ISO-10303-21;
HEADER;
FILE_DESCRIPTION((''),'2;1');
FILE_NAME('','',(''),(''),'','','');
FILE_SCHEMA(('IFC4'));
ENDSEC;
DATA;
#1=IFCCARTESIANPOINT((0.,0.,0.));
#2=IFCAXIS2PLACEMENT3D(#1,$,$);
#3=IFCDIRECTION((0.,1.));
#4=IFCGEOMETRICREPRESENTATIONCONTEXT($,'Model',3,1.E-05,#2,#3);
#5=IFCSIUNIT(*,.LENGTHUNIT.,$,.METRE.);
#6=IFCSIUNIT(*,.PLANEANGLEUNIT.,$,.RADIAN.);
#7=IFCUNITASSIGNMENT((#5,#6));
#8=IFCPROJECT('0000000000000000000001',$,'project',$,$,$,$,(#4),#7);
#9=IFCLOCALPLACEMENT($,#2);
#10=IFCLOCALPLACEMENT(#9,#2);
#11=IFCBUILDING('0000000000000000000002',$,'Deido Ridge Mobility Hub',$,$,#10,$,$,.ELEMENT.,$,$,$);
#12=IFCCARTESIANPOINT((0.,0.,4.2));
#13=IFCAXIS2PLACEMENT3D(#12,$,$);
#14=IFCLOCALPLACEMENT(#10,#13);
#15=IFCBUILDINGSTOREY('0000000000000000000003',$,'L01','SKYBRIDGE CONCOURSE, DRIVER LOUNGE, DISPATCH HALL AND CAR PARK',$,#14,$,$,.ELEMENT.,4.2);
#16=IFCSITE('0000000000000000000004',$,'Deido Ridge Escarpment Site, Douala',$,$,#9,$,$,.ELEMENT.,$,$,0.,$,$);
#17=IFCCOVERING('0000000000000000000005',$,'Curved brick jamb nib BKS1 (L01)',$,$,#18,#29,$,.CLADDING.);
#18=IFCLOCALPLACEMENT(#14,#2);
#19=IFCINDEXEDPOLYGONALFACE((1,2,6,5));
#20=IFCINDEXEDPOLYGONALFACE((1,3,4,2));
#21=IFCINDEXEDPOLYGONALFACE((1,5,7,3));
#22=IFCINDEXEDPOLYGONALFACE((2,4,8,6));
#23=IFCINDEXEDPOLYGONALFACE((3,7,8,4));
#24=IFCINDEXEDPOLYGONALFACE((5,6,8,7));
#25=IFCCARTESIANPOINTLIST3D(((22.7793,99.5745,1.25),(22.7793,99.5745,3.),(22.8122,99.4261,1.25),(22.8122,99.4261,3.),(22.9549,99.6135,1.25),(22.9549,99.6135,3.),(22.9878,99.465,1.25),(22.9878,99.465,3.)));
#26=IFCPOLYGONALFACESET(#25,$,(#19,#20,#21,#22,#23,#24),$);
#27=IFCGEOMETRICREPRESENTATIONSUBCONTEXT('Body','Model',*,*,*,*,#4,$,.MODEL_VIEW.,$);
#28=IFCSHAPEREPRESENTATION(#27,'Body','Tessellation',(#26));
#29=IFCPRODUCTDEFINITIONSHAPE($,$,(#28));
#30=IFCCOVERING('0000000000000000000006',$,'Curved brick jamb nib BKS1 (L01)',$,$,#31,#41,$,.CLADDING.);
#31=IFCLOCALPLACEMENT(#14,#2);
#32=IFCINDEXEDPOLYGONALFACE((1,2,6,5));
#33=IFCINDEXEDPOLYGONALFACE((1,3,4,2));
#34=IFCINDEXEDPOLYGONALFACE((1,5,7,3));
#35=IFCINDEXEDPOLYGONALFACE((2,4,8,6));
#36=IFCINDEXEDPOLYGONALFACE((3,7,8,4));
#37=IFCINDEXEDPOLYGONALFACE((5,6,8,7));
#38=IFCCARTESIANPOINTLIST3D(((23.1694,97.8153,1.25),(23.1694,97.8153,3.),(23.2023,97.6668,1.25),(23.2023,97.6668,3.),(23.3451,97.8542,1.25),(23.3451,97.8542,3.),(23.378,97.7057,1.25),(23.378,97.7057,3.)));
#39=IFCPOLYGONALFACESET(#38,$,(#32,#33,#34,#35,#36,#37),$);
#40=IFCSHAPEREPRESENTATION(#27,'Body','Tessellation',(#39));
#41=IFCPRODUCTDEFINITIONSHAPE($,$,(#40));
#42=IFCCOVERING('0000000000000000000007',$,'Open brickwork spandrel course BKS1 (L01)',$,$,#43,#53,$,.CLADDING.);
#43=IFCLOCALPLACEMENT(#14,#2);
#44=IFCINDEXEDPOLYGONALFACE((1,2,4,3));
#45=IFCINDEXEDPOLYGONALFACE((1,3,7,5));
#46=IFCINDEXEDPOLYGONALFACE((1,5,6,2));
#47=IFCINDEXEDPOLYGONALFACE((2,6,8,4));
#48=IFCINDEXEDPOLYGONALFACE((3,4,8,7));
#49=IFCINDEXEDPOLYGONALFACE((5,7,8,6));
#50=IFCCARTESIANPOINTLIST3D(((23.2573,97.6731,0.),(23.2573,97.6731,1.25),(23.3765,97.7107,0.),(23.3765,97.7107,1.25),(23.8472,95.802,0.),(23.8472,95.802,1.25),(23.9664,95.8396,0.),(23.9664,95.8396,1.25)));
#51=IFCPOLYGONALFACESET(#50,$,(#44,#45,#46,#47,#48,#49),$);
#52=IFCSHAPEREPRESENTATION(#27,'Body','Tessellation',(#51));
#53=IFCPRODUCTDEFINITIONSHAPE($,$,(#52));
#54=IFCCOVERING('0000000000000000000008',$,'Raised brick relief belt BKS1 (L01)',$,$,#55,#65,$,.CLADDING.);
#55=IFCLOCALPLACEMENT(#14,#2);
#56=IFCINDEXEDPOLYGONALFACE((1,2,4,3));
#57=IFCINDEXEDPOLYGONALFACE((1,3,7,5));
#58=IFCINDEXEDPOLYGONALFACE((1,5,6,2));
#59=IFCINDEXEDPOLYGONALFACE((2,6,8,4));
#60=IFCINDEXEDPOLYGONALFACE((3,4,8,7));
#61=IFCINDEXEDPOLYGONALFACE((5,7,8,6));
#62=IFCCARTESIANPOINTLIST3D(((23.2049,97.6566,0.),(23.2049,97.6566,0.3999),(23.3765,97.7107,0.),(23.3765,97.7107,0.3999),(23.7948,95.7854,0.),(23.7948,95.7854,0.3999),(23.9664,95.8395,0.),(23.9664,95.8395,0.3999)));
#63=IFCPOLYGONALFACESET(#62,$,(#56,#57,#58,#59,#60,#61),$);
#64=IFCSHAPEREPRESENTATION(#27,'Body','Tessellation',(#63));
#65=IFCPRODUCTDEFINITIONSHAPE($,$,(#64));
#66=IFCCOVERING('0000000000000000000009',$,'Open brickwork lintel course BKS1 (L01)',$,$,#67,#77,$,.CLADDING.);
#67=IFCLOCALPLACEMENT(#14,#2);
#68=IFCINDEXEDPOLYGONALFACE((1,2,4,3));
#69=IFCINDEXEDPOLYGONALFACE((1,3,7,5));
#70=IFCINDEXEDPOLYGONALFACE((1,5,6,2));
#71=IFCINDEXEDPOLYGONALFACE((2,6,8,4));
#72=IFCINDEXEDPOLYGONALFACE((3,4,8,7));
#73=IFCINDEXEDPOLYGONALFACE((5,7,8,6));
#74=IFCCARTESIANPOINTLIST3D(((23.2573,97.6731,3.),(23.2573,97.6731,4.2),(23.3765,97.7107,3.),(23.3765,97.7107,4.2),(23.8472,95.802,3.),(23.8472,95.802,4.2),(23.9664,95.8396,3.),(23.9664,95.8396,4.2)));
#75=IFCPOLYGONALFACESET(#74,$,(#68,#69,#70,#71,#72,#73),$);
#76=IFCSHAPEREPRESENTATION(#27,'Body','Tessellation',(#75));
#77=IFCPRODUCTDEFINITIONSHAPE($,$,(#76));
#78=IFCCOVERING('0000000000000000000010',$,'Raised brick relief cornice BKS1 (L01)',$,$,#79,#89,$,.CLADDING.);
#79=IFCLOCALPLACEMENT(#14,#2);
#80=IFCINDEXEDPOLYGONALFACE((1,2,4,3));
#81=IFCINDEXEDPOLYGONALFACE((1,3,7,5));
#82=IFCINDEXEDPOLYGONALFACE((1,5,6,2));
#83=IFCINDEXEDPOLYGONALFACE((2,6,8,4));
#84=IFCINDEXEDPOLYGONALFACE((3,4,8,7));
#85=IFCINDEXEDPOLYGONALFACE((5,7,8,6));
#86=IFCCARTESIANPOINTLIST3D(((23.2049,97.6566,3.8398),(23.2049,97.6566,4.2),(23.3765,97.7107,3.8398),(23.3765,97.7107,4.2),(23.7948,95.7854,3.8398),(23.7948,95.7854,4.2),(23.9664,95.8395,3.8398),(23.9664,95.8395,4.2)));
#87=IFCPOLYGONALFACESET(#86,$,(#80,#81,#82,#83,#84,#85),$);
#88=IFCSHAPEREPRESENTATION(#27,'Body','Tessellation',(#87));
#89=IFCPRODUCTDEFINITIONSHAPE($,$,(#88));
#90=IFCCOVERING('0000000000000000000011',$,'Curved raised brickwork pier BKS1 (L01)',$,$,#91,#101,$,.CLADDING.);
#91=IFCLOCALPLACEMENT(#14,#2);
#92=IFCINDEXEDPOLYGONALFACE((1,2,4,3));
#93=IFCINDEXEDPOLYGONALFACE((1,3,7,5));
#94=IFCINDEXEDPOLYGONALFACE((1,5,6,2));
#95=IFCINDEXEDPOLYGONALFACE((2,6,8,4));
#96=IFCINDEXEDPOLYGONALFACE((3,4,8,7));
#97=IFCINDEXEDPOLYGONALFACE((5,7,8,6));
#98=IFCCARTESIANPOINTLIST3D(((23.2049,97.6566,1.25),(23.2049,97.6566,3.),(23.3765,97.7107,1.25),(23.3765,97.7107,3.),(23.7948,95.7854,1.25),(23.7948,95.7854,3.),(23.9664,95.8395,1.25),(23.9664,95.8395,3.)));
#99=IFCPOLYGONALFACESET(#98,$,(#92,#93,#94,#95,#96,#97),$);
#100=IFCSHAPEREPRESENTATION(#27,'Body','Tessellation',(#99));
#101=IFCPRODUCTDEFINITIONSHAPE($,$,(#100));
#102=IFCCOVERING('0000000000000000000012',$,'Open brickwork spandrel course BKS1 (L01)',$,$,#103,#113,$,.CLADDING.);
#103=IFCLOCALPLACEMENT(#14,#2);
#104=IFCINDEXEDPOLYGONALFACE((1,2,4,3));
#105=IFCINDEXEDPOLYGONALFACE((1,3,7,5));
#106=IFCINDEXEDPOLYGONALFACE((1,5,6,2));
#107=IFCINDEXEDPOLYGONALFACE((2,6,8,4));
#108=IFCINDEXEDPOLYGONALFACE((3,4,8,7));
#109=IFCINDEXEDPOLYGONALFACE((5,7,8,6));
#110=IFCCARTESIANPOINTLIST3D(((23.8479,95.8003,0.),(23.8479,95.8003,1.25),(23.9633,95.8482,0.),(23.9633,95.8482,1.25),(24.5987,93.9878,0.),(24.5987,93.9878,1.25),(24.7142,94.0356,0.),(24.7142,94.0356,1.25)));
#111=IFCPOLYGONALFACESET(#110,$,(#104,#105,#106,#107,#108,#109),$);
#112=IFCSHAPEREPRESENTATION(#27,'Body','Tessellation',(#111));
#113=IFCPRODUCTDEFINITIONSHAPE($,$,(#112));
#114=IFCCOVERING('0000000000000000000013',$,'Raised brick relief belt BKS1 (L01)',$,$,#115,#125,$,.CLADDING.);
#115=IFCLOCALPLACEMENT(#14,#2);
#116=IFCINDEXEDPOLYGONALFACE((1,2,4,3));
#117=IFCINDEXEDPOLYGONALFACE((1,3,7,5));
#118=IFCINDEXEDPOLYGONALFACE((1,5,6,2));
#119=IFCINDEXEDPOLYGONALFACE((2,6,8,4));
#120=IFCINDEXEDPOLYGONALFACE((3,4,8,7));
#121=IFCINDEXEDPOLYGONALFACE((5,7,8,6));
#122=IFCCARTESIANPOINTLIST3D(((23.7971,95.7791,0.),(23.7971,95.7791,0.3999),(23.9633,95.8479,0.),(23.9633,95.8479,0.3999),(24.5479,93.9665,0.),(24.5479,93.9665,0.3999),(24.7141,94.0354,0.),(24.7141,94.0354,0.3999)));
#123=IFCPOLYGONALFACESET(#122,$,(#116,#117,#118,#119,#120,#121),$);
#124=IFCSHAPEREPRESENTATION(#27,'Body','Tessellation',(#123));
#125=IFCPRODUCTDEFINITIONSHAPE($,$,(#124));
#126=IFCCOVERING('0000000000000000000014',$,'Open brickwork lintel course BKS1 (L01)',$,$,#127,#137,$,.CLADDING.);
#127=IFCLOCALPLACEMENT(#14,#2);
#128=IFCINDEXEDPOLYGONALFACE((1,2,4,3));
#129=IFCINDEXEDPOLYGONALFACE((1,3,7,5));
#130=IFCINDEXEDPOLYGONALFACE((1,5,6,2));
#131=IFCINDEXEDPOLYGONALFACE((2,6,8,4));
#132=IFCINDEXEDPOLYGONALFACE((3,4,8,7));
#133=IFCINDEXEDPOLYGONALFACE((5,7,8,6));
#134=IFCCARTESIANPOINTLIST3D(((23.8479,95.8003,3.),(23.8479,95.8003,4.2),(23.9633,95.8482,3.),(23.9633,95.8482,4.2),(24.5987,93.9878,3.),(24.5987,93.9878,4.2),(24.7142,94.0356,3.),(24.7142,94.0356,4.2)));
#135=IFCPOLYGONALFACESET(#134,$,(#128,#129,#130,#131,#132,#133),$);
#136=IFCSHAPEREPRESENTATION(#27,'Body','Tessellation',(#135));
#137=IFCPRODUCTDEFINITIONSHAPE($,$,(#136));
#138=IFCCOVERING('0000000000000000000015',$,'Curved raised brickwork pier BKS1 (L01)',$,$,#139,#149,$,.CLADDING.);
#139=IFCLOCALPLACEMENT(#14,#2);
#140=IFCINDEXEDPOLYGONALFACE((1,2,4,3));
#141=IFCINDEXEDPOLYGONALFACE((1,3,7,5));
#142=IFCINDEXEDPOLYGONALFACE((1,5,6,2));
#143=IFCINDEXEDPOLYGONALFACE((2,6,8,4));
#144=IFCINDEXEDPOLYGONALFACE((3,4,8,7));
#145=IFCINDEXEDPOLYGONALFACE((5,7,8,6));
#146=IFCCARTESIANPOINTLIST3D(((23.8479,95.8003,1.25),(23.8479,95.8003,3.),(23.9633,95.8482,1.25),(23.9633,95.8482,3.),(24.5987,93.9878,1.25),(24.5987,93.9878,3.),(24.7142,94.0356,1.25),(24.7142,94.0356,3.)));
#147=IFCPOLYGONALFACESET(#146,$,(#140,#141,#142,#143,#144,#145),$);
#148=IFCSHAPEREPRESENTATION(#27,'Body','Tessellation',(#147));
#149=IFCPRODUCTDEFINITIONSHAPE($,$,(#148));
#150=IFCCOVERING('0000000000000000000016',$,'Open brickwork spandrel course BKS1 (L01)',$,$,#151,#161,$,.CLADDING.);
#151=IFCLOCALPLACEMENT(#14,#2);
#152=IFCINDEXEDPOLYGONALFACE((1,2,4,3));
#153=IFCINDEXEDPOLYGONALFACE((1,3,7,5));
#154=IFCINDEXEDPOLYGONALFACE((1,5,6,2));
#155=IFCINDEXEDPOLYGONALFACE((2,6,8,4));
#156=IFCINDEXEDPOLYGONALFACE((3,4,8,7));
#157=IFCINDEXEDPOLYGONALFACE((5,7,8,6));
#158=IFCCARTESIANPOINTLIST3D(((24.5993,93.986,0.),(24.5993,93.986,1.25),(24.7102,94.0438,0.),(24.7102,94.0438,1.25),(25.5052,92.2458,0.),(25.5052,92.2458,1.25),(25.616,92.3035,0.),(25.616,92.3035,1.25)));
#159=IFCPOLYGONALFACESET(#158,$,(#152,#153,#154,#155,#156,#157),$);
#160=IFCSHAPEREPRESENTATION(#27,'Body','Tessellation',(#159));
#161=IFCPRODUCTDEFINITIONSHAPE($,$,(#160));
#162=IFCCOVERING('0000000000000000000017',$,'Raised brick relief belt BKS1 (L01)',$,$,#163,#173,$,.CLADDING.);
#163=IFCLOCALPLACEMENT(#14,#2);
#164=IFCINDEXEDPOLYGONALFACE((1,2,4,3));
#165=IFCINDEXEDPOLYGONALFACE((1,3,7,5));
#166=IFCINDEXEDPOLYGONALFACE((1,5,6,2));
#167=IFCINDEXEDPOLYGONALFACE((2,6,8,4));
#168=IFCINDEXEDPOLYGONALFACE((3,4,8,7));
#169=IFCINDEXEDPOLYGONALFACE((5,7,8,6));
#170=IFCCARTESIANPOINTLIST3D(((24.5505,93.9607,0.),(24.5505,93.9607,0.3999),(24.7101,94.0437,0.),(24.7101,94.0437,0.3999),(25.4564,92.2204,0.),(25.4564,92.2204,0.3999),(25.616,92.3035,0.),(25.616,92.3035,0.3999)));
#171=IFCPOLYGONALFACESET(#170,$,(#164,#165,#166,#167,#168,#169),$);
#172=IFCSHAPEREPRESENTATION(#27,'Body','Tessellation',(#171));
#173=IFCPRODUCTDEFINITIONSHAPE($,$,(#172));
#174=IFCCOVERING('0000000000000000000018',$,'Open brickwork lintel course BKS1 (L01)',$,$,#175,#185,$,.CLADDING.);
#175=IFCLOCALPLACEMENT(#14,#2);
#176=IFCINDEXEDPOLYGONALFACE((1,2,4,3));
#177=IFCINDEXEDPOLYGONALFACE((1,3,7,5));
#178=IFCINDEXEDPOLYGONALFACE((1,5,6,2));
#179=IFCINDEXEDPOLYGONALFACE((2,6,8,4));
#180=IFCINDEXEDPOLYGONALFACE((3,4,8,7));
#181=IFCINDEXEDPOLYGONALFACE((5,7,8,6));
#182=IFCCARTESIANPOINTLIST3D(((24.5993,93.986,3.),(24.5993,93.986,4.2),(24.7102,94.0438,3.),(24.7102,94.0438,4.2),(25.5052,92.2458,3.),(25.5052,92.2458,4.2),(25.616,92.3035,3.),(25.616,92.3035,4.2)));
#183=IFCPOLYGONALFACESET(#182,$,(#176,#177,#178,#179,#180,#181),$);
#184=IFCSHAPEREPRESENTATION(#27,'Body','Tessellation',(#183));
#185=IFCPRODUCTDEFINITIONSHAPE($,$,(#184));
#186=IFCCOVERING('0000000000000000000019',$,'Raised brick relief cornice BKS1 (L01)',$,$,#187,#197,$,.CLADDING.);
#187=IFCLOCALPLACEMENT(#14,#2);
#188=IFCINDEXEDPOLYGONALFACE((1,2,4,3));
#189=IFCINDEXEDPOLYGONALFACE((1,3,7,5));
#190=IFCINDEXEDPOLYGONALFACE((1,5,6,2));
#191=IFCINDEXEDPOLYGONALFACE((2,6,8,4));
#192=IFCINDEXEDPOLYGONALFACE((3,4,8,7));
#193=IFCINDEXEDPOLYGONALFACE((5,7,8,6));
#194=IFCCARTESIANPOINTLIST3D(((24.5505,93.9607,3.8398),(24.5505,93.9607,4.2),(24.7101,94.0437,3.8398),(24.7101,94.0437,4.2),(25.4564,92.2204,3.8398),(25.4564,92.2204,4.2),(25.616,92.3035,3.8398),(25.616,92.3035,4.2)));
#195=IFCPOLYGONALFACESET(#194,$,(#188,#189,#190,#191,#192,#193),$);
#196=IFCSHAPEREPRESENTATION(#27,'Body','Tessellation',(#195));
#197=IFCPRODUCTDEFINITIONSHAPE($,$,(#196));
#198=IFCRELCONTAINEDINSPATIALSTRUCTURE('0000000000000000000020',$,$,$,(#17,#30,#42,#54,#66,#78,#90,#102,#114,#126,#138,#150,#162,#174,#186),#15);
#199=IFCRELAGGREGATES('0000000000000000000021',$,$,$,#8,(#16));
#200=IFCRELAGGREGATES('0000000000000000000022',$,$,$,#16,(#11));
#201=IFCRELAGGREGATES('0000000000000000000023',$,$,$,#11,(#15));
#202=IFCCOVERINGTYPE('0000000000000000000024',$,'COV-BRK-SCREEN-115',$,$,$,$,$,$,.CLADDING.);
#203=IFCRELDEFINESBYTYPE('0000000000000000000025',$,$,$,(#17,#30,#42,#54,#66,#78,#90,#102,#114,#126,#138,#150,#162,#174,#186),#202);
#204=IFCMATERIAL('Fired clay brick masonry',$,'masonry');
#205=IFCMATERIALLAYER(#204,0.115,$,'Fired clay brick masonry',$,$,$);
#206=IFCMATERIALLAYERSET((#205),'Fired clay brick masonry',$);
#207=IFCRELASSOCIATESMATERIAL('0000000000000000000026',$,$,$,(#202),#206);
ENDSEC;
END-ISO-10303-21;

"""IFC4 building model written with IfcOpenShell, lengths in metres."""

from ifc_helpers import new_model, si_unit, direction, frame, origin, origin_2d, place, context, subcontext, project, spatial, rectangle, extrude, material, layer, layer_set, type_object, element, save


model = new_model("IFC4")

# Units and contexts
model_context = context("Model", 3, precision=1e-05, world=origin(), true_north=direction((0.0, 1.0)))
body_context = subcontext(model_context, "Body", "Model", "MODEL_VIEW")
ifc_project = project(units=[si_unit("LENGTHUNIT", "METRE"), si_unit("PLANEANGLEUNIT", "RADIAN")], contexts=[model_context])

# Site, building, storey
site_placement = place(None, origin())
site = spatial("IfcSite", under=ifc_project, at=site_placement, Name="Deido Ridge Escarpment Site, Douala", CompositionType="ELEMENT", RefElevation=0.0)
building_placement = place(site_placement, origin())
building = spatial("IfcBuilding", under=site, at=building_placement, Name="Deido Ridge Mobility Hub", CompositionType="ELEMENT")
storey_placement = place(building_placement, frame((0.0, 0.0, 4.2)))
storey = spatial("IfcBuildingStorey", under=building, at=storey_placement, Name="L01", Description="SKYBRIDGE CONCOURSE, DRIVER LOUNGE, DISPATCH HALL AND CAR PARK", CompositionType="ELEMENT", Elevation=4.2)

# Coverings
ifc_material_1 = material(Name="Fired clay brick masonry", Category="masonry")
ifc_layer = layer(ifc_material_1, 0.115, Name="Fired clay brick masonry")
ifc_layer_set = layer_set([ifc_layer], Name="Fired clay brick masonry")
covering_type = type_object("IfcCoveringType", Name="COV-BRK-SCREEN-115", PredefinedType="CLADDING", material=ifc_layer_set)
for number, where, z_axis, x_axis, name in (
    (1, (22.8835, 99.5198, 1.25), (0.0, 0.0, 1.0), (0.216457, -0.976292, 0.0), "Curved brick jamb nib BKS1 (L01)"),
    (2, (23.2737, 97.7605, 1.25), (0.0, 0.0, 1.0), (0.216457, -0.976292, 0.0), "Curved brick jamb nib BKS1 (L01)"),
):
    element("IfcCovering", number, at=place(storey_placement, frame(where, z_axis=z_axis, x_axis=x_axis)), inside=storey, type_object=covering_type, Name=name, PredefinedType="CLADDING", context=body_context, shape_type="SweptSolid", body=[
        extrude(rectangle(XDim=0.1521, YDim=0.1799, at=origin_2d()), origin(), (0.0, 0.0, 1.0), 1.75),
    ])
covering_1_placement = place(storey_placement, frame((23.6118, 96.7563, 0.0), z_axis=(0.0, 0.0, 1.0), x_axis=(0.300673, -0.953727, 0.0)))
element("IfcCovering", 3, at=covering_1_placement, inside=storey, type_object=covering_type, Name="Open brickwork spandrel course BKS1 (L01)", PredefinedType="CLADDING", context=body_context, shape_type="SweptSolid", body=[
    extrude(rectangle(XDim=1.9619, YDim=0.125, at=origin_2d()), origin(), (0.0, 0.0, 1.0), 1.25),
])
covering_2_placement = place(storey_placement, frame((23.5857, 96.748, 0.0), z_axis=(0.0, 0.0, 1.0), x_axis=(0.300673, -0.953727, 0.0)))
element("IfcCovering", 4, at=covering_2_placement, inside=storey, type_object=covering_type, Name="Raised brick relief belt BKS1 (L01)", PredefinedType="CLADDING", context=body_context, shape_type="SweptSolid", body=[
    extrude(rectangle(XDim=1.9619, YDim=0.1799, at=origin_2d()), origin(), (0.0, 0.0, 1.0), 0.3999),
])
covering_3_placement = place(storey_placement, frame((23.6118, 96.7563, 3.0), z_axis=(0.0, 0.0, 1.0), x_axis=(0.300673, -0.953727, 0.0)))
element("IfcCovering", 5, at=covering_3_placement, inside=storey, type_object=covering_type, Name="Open brickwork lintel course BKS1 (L01)", PredefinedType="CLADDING", context=body_context, shape_type="SweptSolid", body=[
    extrude(rectangle(XDim=1.9619, YDim=0.125, at=origin_2d()), origin(), (0.0, 0.0, 1.0), 1.2),
])
covering_4_placement = place(storey_placement, frame((23.5857, 96.748, 3.8398), z_axis=(0.0, 0.0, 1.0), x_axis=(0.300673, -0.953727, 0.0)))
element("IfcCovering", 6, at=covering_4_placement, inside=storey, type_object=covering_type, Name="Raised brick relief cornice BKS1 (L01)", PredefinedType="CLADDING", context=body_context, shape_type="SweptSolid", body=[
    extrude(rectangle(XDim=1.9619, YDim=0.1799, at=origin_2d()), origin(), (0.0, 0.0, 1.0), 0.3601),
])
covering_5_placement = place(storey_placement, frame((23.5857, 96.748, 1.25), z_axis=(0.0, 0.0, 1.0), x_axis=(0.300673, -0.953727, 0.0)))
element("IfcCovering", 7, at=covering_5_placement, inside=storey, type_object=covering_type, Name="Curved raised brickwork pier BKS1 (L01)", PredefinedType="CLADDING", context=body_context, shape_type="SweptSolid", body=[
    extrude(rectangle(XDim=1.9619, YDim=0.1799, at=origin_2d()), origin(), (0.0, 0.0, 1.0), 1.75),
])
covering_6_placement = place(storey_placement, frame((24.281, 94.918, 0.0), z_axis=(0.0, 0.0, 1.0), x_axis=(0.3827, -0.923873, 0.0)))
element("IfcCovering", 8, at=covering_6_placement, inside=storey, type_object=covering_type, Name="Open brickwork spandrel course BKS1 (L01)", PredefinedType="CLADDING", context=body_context, shape_type="SweptSolid", body=[
    extrude(rectangle(XDim=1.9619, YDim=0.125, at=origin_2d()), origin(), (0.0, 0.0, 1.0), 1.25),
])
covering_7_placement = place(storey_placement, frame((24.2556, 94.9072, 0.0), z_axis=(0.0, 0.0, 1.0), x_axis=(0.3827, -0.923873, 0.0)))
element("IfcCovering", 9, at=covering_7_placement, inside=storey, type_object=covering_type, Name="Raised brick relief belt BKS1 (L01)", PredefinedType="CLADDING", context=body_context, shape_type="SweptSolid", body=[
    extrude(rectangle(XDim=1.9619, YDim=0.1799, at=origin_2d()), origin(), (0.0, 0.0, 1.0), 0.3999),
])
covering_8_placement = place(storey_placement, frame((24.281, 94.918, 3.0), z_axis=(0.0, 0.0, 1.0), x_axis=(0.3827, -0.923873, 0.0)))
element("IfcCovering", 10, at=covering_8_placement, inside=storey, type_object=covering_type, Name="Open brickwork lintel course BKS1 (L01)", PredefinedType="CLADDING", context=body_context, shape_type="SweptSolid", body=[
    extrude(rectangle(XDim=1.9619, YDim=0.125, at=origin_2d()), origin(), (0.0, 0.0, 1.0), 1.2),
])
covering_9_placement = place(storey_placement, frame((24.281, 94.918, 1.25), z_axis=(0.0, 0.0, 1.0), x_axis=(0.3827, -0.923873, 0.0)))
element("IfcCovering", 11, at=covering_9_placement, inside=storey, type_object=covering_type, Name="Curved raised brickwork pier BKS1 (L01)", PredefinedType="CLADDING", context=body_context, shape_type="SweptSolid", body=[
    extrude(rectangle(XDim=1.9619, YDim=0.125, at=origin_2d()), origin(), (0.0, 0.0, 1.0), 1.75),
])
covering_10_placement = place(storey_placement, frame((25.1077, 93.1448, 0.0), z_axis=(0.0, 0.0, 1.0), x_axis=(0.461733, -0.887019, 0.0)))
element("IfcCovering", 12, at=covering_10_placement, inside=storey, type_object=covering_type, Name="Open brickwork spandrel course BKS1 (L01)", PredefinedType="CLADDING", context=body_context, shape_type="SweptSolid", body=[
    extrude(rectangle(XDim=1.9619, YDim=0.125, at=origin_2d()), origin(), (0.0, 0.0, 1.0), 1.25),
])
covering_11_placement = place(storey_placement, frame((25.0833, 93.1321, 0.0), z_axis=(0.0, 0.0, 1.0), x_axis=(0.461733, -0.887019, 0.0)))
element("IfcCovering", 13, at=covering_11_placement, inside=storey, type_object=covering_type, Name="Raised brick relief belt BKS1 (L01)", PredefinedType="CLADDING", context=body_context, shape_type="SweptSolid", body=[
    extrude(rectangle(XDim=1.9619, YDim=0.1799, at=origin_2d()), origin(), (0.0, 0.0, 1.0), 0.3999),
])
covering_12_placement = place(storey_placement, frame((25.1077, 93.1448, 3.0), z_axis=(0.0, 0.0, 1.0), x_axis=(0.461733, -0.887019, 0.0)))
element("IfcCovering", 14, at=covering_12_placement, inside=storey, type_object=covering_type, Name="Open brickwork lintel course BKS1 (L01)", PredefinedType="CLADDING", context=body_context, shape_type="SweptSolid", body=[
    extrude(rectangle(XDim=1.9619, YDim=0.125, at=origin_2d()), origin(), (0.0, 0.0, 1.0), 1.2),
])
covering_13_placement = place(storey_placement, frame((25.0833, 93.1321, 3.8398), z_axis=(0.0, 0.0, 1.0), x_axis=(0.461733, -0.887019, 0.0)))
element("IfcCovering", 15, at=covering_13_placement, inside=storey, type_object=covering_type, Name="Raised brick relief cornice BKS1 (L01)", PredefinedType="CLADDING", context=body_context, shape_type="SweptSolid", body=[
    extrude(rectangle(XDim=1.9619, YDim=0.1799, at=origin_2d()), origin(), (0.0, 0.0, 1.0), 0.3601),
])

save(model, "model.ifc")
